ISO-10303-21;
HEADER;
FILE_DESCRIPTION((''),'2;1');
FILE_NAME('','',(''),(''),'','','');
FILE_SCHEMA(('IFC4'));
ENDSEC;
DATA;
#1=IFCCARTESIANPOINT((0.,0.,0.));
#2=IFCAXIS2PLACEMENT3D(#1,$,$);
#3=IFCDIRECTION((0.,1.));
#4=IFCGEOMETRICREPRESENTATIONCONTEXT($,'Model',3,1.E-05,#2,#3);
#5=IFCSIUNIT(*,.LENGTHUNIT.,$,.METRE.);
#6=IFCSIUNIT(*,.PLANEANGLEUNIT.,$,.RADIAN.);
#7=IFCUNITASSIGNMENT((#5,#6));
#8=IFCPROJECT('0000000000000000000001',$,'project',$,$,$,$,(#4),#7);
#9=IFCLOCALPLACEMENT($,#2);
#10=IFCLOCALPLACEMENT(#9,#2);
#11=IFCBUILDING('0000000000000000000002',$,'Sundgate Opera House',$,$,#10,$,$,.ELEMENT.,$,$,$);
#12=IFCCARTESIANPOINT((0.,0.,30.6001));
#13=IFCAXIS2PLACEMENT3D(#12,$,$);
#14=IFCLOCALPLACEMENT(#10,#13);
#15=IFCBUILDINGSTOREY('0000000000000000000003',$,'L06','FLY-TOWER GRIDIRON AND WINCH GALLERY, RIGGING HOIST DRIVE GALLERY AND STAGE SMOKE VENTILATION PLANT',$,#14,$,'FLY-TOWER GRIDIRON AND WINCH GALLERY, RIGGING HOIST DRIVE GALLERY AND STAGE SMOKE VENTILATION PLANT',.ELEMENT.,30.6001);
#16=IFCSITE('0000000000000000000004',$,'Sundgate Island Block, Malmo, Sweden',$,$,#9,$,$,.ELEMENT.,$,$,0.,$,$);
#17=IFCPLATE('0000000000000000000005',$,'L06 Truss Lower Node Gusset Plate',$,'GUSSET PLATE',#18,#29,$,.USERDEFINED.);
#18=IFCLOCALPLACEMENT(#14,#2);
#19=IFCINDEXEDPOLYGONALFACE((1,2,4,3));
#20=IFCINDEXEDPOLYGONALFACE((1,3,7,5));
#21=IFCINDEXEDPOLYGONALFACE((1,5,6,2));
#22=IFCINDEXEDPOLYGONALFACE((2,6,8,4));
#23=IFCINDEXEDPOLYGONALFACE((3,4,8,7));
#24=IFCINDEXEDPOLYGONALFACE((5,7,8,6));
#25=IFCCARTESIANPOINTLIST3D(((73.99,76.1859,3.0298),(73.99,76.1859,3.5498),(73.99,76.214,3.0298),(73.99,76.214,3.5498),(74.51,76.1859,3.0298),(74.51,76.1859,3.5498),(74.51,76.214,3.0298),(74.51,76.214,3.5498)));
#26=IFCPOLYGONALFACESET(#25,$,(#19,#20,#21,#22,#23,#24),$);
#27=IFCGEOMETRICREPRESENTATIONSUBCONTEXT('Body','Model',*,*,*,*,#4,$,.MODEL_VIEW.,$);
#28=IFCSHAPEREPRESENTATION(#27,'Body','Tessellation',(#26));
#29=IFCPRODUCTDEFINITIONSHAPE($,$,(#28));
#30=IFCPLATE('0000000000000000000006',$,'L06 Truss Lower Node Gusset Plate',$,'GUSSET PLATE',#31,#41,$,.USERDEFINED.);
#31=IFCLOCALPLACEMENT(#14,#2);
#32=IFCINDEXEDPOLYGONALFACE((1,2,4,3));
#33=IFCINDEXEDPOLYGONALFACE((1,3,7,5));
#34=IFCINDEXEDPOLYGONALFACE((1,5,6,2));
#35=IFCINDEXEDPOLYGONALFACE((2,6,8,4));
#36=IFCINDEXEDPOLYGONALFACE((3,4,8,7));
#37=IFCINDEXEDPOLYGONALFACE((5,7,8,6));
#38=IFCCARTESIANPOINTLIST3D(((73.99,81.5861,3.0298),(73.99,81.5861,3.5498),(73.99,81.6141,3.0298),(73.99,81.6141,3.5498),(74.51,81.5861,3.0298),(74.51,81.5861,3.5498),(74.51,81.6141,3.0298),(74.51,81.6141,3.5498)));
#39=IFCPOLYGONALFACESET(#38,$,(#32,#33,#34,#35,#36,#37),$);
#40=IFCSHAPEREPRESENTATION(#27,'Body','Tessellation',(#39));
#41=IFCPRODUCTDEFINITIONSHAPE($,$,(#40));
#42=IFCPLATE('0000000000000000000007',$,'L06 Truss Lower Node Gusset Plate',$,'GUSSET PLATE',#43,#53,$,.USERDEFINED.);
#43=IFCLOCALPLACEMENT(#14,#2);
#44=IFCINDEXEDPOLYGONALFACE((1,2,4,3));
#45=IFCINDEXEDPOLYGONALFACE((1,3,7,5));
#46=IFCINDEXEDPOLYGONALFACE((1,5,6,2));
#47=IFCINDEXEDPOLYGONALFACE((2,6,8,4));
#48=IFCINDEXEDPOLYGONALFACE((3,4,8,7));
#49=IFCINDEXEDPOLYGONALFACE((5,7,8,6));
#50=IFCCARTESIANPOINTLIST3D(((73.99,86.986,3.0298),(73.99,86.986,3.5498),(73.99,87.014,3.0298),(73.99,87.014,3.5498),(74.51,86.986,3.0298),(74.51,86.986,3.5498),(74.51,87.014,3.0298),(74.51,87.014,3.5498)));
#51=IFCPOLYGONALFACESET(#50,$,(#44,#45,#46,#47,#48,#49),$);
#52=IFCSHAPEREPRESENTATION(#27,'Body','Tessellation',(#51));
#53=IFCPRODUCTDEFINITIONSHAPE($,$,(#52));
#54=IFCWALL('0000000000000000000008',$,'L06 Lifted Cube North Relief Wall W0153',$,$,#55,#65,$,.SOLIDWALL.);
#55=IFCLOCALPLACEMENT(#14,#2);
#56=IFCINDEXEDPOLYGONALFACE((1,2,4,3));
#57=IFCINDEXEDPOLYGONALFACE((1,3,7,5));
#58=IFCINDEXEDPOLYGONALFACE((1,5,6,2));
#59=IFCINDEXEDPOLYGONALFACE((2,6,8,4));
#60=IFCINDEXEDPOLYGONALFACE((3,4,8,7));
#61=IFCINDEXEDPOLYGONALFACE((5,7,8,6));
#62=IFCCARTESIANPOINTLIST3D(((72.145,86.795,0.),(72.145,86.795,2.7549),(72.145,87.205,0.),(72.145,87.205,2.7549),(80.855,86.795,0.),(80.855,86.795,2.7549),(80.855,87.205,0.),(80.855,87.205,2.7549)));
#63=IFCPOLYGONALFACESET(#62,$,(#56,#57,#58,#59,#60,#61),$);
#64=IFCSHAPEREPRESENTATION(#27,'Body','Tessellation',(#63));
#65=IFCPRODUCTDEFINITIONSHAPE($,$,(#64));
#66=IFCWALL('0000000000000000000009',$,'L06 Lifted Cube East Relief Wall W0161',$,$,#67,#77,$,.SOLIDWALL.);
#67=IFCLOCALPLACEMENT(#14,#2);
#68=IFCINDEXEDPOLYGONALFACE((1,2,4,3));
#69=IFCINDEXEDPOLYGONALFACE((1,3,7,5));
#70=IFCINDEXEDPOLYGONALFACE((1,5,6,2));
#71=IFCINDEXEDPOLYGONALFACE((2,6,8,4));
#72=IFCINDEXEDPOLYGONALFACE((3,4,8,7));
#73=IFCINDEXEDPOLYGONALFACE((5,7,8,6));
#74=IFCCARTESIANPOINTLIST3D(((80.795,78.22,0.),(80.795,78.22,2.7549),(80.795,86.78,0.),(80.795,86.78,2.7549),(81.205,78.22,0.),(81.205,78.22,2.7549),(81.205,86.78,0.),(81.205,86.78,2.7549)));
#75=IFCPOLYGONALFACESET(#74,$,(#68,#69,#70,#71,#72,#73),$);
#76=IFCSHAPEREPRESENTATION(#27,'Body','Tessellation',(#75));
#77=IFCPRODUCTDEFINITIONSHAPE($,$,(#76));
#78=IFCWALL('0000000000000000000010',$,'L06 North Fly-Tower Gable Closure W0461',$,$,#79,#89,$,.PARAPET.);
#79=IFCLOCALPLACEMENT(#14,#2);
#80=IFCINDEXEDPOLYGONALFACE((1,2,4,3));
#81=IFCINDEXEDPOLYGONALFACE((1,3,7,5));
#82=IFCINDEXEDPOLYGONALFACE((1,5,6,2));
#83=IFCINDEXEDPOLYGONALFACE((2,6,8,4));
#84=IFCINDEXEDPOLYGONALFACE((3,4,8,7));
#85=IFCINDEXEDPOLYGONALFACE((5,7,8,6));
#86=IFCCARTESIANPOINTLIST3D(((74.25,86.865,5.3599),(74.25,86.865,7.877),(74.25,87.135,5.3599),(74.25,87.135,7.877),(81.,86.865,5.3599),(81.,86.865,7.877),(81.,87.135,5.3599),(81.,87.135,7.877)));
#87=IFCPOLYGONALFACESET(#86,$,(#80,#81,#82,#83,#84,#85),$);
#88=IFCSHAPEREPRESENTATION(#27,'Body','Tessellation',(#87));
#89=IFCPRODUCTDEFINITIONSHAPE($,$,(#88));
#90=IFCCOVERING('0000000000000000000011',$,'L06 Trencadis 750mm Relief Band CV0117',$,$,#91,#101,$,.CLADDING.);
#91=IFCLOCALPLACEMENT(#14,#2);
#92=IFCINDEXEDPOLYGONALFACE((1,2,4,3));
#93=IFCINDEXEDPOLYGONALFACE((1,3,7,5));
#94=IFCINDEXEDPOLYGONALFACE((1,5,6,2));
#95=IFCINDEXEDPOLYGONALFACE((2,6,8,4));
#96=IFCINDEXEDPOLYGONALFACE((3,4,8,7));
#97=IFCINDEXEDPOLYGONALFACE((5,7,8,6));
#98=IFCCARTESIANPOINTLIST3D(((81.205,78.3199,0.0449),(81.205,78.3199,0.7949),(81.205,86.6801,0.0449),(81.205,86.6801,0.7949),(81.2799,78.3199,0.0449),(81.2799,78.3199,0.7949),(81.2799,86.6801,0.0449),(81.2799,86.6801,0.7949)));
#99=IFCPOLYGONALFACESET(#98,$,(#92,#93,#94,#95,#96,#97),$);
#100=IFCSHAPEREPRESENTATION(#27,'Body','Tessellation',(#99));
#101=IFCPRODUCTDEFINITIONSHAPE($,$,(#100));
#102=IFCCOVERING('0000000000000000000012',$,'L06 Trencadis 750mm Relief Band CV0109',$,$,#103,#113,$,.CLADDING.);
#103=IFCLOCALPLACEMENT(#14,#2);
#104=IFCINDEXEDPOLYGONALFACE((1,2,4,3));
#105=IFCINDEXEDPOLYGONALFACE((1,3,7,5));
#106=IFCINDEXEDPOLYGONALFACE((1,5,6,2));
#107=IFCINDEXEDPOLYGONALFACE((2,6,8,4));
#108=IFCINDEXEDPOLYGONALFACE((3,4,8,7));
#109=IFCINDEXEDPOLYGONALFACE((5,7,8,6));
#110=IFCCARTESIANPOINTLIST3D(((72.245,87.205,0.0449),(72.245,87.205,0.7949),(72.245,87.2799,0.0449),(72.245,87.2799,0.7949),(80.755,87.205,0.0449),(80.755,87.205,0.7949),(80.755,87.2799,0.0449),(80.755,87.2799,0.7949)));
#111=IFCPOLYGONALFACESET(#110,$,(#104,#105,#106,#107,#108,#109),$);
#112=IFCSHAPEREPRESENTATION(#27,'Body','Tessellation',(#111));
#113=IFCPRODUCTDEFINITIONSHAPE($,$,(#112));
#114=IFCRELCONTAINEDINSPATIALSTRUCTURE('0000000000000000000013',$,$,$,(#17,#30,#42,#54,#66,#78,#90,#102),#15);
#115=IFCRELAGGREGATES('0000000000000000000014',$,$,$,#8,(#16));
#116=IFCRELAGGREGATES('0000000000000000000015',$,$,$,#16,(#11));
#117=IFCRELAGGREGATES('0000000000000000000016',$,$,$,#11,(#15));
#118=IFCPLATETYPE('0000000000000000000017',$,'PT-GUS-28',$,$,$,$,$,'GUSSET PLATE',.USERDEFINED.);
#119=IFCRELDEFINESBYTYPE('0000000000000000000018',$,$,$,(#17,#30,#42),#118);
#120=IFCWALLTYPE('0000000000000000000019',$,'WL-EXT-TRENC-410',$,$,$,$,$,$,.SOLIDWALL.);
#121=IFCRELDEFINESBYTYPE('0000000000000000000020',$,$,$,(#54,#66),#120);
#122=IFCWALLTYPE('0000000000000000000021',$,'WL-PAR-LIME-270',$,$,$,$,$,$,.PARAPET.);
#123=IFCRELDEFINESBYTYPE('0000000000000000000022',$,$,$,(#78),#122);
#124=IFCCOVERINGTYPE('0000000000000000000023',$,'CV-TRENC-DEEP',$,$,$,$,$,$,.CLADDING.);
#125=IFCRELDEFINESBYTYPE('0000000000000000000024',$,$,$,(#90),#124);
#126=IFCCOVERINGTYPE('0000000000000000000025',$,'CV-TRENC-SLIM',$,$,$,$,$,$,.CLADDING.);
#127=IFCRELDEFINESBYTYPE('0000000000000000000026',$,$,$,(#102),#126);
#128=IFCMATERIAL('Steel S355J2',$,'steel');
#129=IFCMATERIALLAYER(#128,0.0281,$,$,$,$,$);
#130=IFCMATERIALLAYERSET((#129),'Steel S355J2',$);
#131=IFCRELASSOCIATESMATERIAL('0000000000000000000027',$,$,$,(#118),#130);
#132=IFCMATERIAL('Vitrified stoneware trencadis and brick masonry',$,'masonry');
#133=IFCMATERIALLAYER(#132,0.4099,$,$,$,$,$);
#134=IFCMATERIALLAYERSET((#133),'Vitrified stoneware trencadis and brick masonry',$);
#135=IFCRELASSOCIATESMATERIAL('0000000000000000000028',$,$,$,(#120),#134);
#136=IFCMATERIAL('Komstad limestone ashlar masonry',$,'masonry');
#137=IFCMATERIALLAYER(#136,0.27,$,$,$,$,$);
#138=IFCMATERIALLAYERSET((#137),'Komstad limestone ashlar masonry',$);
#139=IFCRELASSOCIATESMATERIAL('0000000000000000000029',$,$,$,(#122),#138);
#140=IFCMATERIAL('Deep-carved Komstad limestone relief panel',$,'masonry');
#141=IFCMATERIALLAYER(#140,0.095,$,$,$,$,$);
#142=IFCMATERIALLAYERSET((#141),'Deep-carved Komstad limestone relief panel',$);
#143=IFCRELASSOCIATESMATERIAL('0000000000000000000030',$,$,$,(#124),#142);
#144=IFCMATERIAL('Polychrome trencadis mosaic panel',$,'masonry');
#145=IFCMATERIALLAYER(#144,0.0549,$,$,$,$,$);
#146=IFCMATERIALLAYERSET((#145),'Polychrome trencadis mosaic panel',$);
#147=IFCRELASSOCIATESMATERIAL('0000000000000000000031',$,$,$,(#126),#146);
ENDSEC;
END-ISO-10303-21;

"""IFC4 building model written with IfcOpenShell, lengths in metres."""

from ifc_helpers import new_model, si_unit, direction, frame, frame_2d, origin, origin_2d, place, context, subcontext, project, spatial, rectangle, extrude, material, layer, layer_set, type_object, element, save


model = new_model("IFC4")

# Units and contexts
model_context = context("Model", 3, precision=1e-05, world=origin(), true_north=direction((0.0, 1.0)))
body_context = subcontext(model_context, "Body", "Model", "MODEL_VIEW")
ifc_project = project(units=[si_unit("LENGTHUNIT", "METRE"), si_unit("PLANEANGLEUNIT", "RADIAN")], contexts=[model_context])

# Site, building, storey
site_placement = place(None, origin())
site = spatial("IfcSite", under=ifc_project, at=site_placement, Name="Sundgate Island Block, Malmo, Sweden", CompositionType="ELEMENT", RefElevation=0.0)
building_placement = place(site_placement, origin())
building = spatial("IfcBuilding", under=site, at=building_placement, Name="Sundgate Opera House", CompositionType="ELEMENT")
storey_placement = place(building_placement, frame((0.0, 0.0, 30.6001)))
storey = spatial("IfcBuildingStorey", under=building, at=storey_placement, Name="L06", Description="FLY-TOWER GRIDIRON AND WINCH GALLERY, RIGGING HOIST DRIVE GALLERY AND STAGE SMOKE VENTILATION PLANT", LongName="FLY-TOWER GRIDIRON AND WINCH GALLERY, RIGGING HOIST DRIVE GALLERY AND STAGE SMOKE VENTILATION PLANT", CompositionType="ELEMENT", Elevation=30.6001)

# Plates
ifc_material_1 = material(Name="Steel S355J2", Category="steel")
ifc_layer_1 = layer(ifc_material_1, 0.0281)
ifc_layer_set_1 = layer_set([ifc_layer_1], Name="Steel S355J2")
plate_type_1 = type_object("IfcPlateType", Name="PT-GUS-28", ElementType="GUSSET PLATE", PredefinedType="USERDEFINED", material=ifc_layer_set_1)
for number, where, z_axis, x_axis, name in (
    (1, (74.25, 76.2, 3.0298), (0.0, 0.0, 1.0), (1.0, 0.0, 0.0), "L06 Truss Lower Node Gusset Plate"),
    (2, (74.25, 81.6001, 3.0298), (0.0, 0.0, 1.0), (1.0, 0.0, 0.0), "L06 Truss Lower Node Gusset Plate"),
    (3, (74.25, 87.0, 3.0298), (0.0, 0.0, 1.0), (1.0, 0.0, 0.0), "L06 Truss Lower Node Gusset Plate"),
):
    element("IfcPlate", number, at=place(storey_placement, frame(where, z_axis=z_axis, x_axis=x_axis)), inside=storey, type_object=plate_type_1, Name=name, ObjectType="GUSSET PLATE", PredefinedType="USERDEFINED", context=body_context, shape_type="SweptSolid", body=[
        extrude(rectangle(XDim=0.52, YDim=0.0281, at=origin_2d()), origin(), (0.0, 0.0, 1.0), 0.52),
    ])

# Walls
ifc_material_2 = material(Name="Vitrified stoneware trencadis and brick masonry", Category="masonry")
ifc_layer_2 = layer(ifc_material_2, 0.4099)
ifc_layer_set_2 = layer_set([ifc_layer_2], Name="Vitrified stoneware trencadis and brick masonry")
wall_type_1 = type_object("IfcWallType", Name="WL-EXT-TRENC-410", PredefinedType="SOLIDWALL", material=ifc_layer_set_2)
wall_1_placement = place(storey_placement, frame((72.145, 87.0, 0.0), z_axis=(0.0, 0.0, 1.0), x_axis=(1.0, 0.0, 0.0)))
element("IfcWall", 4, at=wall_1_placement, inside=storey, type_object=wall_type_1, Name="L06 Lifted Cube North Relief Wall W0153", PredefinedType="SOLIDWALL", context=body_context, shape_type="SweptSolid", body=[
    extrude(rectangle(XDim=8.71, YDim=0.4099, at=frame_2d((4.355, 0.0))), origin(), (0.0, 0.0, 1.0), 2.7549),
])
wall_2_placement = place(storey_placement, frame((81.0, 78.22, 0.0), z_axis=(0.0, 0.0, 1.0), x_axis=(0.0, 1.0, 0.0)))
element("IfcWall", 5, at=wall_2_placement, inside=storey, type_object=wall_type_1, Name="L06 Lifted Cube East Relief Wall W0161", PredefinedType="SOLIDWALL", context=body_context, shape_type="SweptSolid", body=[
    extrude(rectangle(XDim=8.5601, YDim=0.4099, at=frame_2d((4.28, 0.0))), origin(), (0.0, 0.0, 1.0), 2.7549),
])
ifc_material_3 = material(Name="Komstad limestone ashlar masonry", Category="masonry")
ifc_layer_3 = layer(ifc_material_3, 0.27)
ifc_layer_set_3 = layer_set([ifc_layer_3], Name="Komstad limestone ashlar masonry")
wall_type_2 = type_object("IfcWallType", Name="WL-PAR-LIME-270", PredefinedType="PARAPET", material=ifc_layer_set_3)
wall_3_placement = place(storey_placement, frame((74.25, 87.0, 5.3599), z_axis=(0.0, 0.0, 1.0), x_axis=(1.0, 0.0, 0.0)))
element("IfcWall", 6, at=wall_3_placement, inside=storey, type_object=wall_type_2, Name="L06 North Fly-Tower Gable Closure W0461", PredefinedType="PARAPET", context=body_context, shape_type="SweptSolid", body=[
    extrude(rectangle(XDim=6.75, YDim=0.27, at=frame_2d((3.375, 0.0))), origin(), (0.0, 0.0, 1.0), 2.5171),
])

# Coverings
ifc_material_4 = material(Name="Deep-carved Komstad limestone relief panel", Category="masonry")
ifc_layer_4 = layer(ifc_material_4, 0.095)
ifc_layer_set_4 = layer_set([ifc_layer_4], Name="Deep-carved Komstad limestone relief panel")
covering_type_1 = type_object("IfcCoveringType", Name="CV-TRENC-DEEP", PredefinedType="CLADDING", material=ifc_layer_set_4)
covering_1_placement = place(storey_placement, frame((81.2424, 82.5, 0.0449), z_axis=(0.0, 0.0, 1.0), x_axis=(0.0, 1.0, 0.0)))
element("IfcCovering", 7, at=covering_1_placement, inside=storey, type_object=covering_type_1, Name="L06 Trencadis 750mm Relief Band CV0117", PredefinedType="CLADDING", context=body_context, shape_type="SweptSolid", body=[
    extrude(rectangle(XDim=8.3601, YDim=0.075, at=origin_2d()), origin(), (0.0, 0.0, 1.0), 0.75),
])
ifc_material_5 = material(Name="Polychrome trencadis mosaic panel", Category="masonry")
ifc_layer_5 = layer(ifc_material_5, 0.0549)
ifc_layer_set_5 = layer_set([ifc_layer_5], Name="Polychrome trencadis mosaic panel")
covering_type_2 = type_object("IfcCoveringType", Name="CV-TRENC-SLIM", PredefinedType="CLADDING", material=ifc_layer_set_5)
covering_2_placement = place(storey_placement, frame((76.5, 87.2424, 0.0449), z_axis=(0.0, 0.0, 1.0), x_axis=(1.0, 0.0, 0.0)))
element("IfcCovering", 8, at=covering_2_placement, inside=storey, type_object=covering_type_2, Name="L06 Trencadis 750mm Relief Band CV0109", PredefinedType="CLADDING", context=body_context, shape_type="SweptSolid", body=[
    extrude(rectangle(XDim=8.51, YDim=0.075, at=origin_2d()), origin(), (0.0, 0.0, 1.0), 0.75),
])

save(model, "model.ifc")
